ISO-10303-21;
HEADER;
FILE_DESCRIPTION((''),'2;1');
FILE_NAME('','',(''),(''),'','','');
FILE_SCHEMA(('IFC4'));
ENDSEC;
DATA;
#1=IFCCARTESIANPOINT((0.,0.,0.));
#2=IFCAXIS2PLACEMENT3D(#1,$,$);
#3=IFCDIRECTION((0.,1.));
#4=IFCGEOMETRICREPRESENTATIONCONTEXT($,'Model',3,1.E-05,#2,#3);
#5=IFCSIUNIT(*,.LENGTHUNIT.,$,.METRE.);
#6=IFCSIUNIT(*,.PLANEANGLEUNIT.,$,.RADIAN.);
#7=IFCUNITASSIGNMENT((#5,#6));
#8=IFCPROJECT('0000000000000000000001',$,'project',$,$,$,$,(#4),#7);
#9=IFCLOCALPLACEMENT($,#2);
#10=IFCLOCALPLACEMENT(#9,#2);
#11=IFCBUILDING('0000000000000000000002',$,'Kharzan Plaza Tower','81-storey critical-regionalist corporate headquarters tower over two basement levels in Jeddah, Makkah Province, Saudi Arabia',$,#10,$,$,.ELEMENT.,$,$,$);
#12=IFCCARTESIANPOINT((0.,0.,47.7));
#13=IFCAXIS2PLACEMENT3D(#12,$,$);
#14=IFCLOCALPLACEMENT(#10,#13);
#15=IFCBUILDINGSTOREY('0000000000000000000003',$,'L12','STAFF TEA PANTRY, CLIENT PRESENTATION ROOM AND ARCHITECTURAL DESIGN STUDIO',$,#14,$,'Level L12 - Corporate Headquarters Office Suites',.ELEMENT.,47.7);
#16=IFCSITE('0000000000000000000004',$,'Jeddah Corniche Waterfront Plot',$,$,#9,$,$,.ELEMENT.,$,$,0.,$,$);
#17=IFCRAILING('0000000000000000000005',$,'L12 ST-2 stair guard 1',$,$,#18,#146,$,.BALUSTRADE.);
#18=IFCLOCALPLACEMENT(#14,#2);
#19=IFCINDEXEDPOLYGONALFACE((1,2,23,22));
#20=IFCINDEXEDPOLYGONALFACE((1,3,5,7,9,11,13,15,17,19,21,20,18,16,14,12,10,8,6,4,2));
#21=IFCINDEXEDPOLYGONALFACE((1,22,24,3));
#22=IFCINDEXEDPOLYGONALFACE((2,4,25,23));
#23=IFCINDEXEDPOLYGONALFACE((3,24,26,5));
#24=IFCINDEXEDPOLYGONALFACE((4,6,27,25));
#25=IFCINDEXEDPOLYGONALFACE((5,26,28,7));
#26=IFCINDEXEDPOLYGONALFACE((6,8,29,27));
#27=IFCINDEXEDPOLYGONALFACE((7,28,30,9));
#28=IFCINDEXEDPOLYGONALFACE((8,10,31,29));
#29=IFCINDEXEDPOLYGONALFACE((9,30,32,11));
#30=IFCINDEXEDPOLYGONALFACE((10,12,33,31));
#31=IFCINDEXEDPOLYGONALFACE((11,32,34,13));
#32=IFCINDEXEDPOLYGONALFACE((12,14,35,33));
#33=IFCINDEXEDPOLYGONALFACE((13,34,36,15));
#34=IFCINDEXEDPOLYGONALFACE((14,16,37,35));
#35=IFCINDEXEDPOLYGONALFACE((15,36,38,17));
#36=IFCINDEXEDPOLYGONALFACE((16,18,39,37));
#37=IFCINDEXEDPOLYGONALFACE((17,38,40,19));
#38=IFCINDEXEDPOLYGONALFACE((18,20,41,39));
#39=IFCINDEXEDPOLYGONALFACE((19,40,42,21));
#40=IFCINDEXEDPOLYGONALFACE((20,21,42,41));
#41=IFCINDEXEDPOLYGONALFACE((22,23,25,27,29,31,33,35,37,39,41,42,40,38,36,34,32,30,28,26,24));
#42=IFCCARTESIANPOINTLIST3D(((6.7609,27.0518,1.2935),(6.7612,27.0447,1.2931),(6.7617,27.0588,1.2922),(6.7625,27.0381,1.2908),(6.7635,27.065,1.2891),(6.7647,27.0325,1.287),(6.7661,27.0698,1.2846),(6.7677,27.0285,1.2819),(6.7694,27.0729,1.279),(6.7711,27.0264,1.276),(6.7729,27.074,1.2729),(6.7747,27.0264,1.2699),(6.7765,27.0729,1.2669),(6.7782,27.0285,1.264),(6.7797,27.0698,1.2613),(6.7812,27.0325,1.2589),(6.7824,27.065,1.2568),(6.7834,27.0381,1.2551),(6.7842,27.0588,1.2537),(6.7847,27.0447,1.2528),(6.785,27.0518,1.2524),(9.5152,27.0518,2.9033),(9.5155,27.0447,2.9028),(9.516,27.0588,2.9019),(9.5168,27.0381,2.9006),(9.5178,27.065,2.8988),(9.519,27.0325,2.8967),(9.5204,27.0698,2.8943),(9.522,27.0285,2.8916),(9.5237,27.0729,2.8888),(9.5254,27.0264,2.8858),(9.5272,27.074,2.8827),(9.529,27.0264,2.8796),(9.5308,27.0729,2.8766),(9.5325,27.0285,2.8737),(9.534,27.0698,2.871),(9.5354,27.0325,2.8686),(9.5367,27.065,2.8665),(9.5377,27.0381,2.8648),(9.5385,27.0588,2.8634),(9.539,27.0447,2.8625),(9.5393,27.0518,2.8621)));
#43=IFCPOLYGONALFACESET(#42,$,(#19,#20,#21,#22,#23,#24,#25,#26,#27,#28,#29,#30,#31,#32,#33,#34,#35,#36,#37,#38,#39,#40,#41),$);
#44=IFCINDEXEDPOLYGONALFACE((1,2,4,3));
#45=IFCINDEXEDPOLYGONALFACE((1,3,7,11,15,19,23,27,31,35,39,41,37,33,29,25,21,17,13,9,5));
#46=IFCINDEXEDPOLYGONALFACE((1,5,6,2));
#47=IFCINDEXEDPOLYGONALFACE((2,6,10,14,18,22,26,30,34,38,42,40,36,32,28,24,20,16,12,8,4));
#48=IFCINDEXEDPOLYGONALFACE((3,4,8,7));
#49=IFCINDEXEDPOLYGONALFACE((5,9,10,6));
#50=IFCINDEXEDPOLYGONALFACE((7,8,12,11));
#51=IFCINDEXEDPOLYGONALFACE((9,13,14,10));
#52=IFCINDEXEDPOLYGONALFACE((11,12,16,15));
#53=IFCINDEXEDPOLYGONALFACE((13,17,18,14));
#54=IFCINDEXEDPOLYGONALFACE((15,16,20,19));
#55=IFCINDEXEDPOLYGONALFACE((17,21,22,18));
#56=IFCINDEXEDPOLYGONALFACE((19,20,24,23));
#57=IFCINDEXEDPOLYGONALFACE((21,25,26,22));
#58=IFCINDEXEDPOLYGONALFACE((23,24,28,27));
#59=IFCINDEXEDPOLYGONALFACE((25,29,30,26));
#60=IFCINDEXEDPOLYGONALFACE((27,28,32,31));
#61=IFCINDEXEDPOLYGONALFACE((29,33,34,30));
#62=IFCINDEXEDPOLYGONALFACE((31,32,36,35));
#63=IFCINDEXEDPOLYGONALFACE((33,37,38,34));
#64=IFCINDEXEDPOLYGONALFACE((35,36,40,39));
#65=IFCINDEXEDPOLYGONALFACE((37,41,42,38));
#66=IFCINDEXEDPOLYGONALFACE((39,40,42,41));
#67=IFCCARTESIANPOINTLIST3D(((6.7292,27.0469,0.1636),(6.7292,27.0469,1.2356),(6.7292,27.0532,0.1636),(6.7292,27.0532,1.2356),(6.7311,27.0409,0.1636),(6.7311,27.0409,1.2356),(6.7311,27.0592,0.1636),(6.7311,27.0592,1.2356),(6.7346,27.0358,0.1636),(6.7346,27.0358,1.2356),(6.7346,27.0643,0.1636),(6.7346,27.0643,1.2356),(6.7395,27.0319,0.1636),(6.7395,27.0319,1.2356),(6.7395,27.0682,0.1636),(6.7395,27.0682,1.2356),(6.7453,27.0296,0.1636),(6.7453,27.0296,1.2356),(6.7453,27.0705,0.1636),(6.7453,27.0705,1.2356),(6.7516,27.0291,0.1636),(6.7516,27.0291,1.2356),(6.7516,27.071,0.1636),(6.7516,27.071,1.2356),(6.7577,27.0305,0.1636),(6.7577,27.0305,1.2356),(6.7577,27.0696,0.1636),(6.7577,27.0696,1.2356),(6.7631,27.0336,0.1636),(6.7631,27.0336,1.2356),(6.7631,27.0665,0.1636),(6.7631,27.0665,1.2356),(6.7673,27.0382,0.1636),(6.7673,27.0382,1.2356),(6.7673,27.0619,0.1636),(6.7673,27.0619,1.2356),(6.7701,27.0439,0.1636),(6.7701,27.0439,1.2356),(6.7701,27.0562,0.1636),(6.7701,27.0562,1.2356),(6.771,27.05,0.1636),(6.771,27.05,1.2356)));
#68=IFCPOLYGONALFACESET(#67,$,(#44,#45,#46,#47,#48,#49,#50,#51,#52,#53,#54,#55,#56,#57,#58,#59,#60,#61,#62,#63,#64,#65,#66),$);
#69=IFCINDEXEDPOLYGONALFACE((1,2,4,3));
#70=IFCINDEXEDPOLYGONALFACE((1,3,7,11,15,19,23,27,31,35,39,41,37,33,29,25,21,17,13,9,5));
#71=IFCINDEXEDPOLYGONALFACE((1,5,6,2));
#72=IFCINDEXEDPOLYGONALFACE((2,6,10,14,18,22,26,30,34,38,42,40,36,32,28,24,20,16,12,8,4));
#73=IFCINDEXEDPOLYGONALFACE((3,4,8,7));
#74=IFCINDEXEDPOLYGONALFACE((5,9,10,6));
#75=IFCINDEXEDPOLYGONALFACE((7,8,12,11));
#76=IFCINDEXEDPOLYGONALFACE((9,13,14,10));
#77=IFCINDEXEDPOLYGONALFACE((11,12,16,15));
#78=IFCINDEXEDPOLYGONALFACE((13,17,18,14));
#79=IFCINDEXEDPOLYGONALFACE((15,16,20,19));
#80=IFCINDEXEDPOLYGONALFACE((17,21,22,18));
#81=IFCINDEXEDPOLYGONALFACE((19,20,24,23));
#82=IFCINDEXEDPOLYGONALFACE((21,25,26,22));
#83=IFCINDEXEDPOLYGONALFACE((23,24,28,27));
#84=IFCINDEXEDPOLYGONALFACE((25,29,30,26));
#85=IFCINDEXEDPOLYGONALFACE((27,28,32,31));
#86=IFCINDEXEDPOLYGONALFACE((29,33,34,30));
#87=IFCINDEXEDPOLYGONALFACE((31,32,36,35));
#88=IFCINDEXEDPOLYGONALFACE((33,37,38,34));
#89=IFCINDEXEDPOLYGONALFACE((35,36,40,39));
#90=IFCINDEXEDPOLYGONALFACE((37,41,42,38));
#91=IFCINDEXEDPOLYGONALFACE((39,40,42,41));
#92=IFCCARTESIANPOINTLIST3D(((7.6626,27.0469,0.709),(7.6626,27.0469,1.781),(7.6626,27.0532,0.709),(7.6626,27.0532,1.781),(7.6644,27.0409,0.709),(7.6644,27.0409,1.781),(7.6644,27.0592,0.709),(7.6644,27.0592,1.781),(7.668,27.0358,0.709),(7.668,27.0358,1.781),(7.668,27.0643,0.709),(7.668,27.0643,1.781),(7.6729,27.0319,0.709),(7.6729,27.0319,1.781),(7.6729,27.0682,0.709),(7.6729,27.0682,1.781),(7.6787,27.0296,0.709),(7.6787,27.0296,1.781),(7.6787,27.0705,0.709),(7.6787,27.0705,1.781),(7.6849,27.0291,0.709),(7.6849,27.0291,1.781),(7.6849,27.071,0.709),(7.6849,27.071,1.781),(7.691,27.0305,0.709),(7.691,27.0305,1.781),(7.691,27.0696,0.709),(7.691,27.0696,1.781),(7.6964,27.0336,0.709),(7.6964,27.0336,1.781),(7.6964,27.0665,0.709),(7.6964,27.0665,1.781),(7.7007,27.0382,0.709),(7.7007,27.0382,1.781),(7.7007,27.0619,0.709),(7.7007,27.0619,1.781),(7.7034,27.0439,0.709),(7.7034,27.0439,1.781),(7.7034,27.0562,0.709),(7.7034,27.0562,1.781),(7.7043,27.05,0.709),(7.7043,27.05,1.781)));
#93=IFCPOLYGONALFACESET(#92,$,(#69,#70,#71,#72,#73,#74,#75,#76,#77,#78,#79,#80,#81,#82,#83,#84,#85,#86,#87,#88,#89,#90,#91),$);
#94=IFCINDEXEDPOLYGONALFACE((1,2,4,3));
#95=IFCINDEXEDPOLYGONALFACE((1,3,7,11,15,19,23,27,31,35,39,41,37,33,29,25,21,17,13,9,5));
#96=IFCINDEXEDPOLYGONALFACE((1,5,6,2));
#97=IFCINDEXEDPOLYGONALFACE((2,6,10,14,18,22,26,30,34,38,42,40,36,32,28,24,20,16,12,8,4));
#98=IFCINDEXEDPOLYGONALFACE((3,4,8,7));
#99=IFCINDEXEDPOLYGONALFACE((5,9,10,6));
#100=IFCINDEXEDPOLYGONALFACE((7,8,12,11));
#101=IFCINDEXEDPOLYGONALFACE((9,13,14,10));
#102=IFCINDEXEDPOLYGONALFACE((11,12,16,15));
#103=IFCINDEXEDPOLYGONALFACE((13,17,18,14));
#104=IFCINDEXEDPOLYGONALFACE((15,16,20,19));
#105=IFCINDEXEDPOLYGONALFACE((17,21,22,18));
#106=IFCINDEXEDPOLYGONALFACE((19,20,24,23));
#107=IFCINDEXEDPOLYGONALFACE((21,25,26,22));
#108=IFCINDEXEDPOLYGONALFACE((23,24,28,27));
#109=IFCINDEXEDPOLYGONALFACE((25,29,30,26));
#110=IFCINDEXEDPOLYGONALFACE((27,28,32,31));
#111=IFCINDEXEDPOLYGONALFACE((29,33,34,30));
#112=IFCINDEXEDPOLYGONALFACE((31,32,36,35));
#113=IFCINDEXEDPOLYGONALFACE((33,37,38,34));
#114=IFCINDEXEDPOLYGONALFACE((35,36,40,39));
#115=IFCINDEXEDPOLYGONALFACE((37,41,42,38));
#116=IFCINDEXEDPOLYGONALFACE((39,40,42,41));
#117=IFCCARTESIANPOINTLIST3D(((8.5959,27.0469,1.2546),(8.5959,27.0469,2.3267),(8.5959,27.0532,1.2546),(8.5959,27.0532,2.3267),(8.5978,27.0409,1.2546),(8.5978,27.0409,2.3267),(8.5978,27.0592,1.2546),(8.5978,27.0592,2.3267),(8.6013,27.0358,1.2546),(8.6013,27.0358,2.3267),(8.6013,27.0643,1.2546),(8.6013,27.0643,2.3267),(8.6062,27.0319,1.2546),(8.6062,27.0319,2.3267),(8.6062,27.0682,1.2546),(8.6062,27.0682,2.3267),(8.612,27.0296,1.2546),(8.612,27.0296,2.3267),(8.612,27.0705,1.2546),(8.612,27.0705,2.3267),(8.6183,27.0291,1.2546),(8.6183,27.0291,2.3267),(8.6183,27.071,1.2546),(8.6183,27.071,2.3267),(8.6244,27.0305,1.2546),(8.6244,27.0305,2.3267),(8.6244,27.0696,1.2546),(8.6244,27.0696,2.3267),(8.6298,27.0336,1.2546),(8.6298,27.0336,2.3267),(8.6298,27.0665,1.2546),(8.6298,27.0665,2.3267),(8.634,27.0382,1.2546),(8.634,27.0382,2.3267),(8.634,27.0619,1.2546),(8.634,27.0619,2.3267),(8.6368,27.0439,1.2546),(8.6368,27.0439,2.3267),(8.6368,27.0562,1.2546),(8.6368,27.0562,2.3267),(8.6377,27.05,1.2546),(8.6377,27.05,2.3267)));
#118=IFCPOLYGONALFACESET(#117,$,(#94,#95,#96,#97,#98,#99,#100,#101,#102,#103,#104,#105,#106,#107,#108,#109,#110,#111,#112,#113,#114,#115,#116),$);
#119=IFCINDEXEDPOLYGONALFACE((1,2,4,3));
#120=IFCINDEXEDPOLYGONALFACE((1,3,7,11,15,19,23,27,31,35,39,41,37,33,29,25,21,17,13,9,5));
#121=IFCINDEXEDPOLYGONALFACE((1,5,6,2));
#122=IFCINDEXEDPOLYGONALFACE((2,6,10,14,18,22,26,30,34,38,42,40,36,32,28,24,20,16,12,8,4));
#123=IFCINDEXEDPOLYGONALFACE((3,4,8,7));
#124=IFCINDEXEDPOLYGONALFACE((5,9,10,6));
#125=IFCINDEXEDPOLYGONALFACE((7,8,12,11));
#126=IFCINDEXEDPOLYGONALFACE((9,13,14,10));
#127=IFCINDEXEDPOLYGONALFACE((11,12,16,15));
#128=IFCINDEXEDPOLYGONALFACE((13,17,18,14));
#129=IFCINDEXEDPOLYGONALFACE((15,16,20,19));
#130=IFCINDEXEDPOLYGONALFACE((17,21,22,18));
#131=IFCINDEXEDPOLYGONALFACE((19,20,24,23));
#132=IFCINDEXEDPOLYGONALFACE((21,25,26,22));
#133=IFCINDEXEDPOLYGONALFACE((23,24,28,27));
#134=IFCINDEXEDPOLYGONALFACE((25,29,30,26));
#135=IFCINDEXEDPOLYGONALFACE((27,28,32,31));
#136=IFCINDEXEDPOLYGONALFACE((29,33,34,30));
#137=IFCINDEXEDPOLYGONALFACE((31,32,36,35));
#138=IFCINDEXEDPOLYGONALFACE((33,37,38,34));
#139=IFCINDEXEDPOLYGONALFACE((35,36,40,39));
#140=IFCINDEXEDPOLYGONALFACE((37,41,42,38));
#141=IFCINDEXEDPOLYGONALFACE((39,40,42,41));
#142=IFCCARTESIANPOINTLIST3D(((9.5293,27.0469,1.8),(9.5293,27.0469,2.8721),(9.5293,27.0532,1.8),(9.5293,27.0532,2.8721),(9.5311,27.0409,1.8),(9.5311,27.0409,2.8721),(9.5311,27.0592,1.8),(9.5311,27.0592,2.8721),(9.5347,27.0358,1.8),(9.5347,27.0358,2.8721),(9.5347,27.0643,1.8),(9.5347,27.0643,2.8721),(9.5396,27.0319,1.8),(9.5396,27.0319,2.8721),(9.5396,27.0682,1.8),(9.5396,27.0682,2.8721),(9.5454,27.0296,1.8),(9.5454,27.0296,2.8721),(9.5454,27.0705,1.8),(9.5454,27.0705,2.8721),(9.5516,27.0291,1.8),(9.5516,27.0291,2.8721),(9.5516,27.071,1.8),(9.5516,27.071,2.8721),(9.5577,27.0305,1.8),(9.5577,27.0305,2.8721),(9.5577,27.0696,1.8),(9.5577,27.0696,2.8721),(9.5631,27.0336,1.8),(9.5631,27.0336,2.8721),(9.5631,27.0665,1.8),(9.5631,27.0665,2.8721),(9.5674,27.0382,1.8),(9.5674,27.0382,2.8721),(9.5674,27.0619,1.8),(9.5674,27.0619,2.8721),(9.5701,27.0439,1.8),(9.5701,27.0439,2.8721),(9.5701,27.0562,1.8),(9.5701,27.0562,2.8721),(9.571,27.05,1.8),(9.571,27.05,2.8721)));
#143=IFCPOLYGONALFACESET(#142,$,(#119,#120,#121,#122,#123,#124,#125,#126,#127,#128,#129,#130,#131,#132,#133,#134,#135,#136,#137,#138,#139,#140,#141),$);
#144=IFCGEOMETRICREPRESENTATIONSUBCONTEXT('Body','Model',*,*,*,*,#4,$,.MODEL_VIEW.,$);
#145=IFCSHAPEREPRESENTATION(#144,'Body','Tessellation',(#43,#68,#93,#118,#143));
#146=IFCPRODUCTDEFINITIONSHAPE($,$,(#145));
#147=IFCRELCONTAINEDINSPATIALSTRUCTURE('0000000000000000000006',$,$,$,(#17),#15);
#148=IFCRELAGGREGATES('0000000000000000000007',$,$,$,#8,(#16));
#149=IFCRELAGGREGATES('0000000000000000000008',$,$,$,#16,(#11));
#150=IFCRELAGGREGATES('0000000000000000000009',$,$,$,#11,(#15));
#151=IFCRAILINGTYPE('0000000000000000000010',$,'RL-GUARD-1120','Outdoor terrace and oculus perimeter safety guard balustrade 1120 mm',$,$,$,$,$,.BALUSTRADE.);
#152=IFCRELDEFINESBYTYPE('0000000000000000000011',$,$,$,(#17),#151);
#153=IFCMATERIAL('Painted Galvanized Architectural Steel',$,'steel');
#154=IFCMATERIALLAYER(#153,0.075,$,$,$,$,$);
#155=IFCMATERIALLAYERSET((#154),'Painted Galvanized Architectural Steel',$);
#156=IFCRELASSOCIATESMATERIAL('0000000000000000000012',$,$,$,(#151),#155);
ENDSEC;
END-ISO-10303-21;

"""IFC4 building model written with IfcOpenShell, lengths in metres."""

from ifc_helpers import new_model, si_unit, direction, frame, origin, origin_2d, place, context, subcontext, project, spatial, circle, extrude, source, transform, mapped, material, layer, layer_set, type_object, element, save


model = new_model("IFC4")

# Units and contexts
model_context = context("Model", 3, precision=1e-05, world=origin(), true_north=direction((0.0, 1.0)))
body_context = subcontext(model_context, "Body", "Model", "MODEL_VIEW")
ifc_project = project(units=[si_unit("LENGTHUNIT", "METRE"), si_unit("PLANEANGLEUNIT", "RADIAN")], contexts=[model_context])

# Site, building, storey
site_placement = place(None, origin())
site = spatial("IfcSite", under=ifc_project, at=site_placement, Name="Jeddah Corniche Waterfront Plot", CompositionType="ELEMENT", RefElevation=0.0)
building_placement = place(site_placement, origin())
building = spatial("IfcBuilding", under=site, at=building_placement, Name="Kharzan Plaza Tower", Description="81-storey critical-regionalist corporate headquarters tower over two basement levels in Jeddah, Makkah Province, Saudi Arabia", CompositionType="ELEMENT")
storey_placement = place(building_placement, frame((0.0, 0.0, 47.7)))
storey = spatial("IfcBuildingStorey", under=building, at=storey_placement, Name="L12", Description="STAFF TEA PANTRY, CLIENT PRESENTATION ROOM AND ARCHITECTURAL DESIGN STUDIO", LongName="Level L12 - Corporate Headquarters Office Suites", CompositionType="ELEMENT", Elevation=47.7)

# Railing
ifc_material_1 = material(Name="Painted Galvanized Architectural Steel", Category="steel")
ifc_layer_1 = layer(ifc_material_1, 0.075)
ifc_layer_set_1 = layer_set([ifc_layer_1], Name="Painted Galvanized Architectural Steel")
railing_type_1 = type_object("IfcRailingType", Name="RL-GUARD-1120", Description="Outdoor terrace and oculus perimeter safety guard balustrade 1120 mm", PredefinedType="BALUSTRADE", material=ifc_layer_set_1)
shared_shape_1 = source(origin(), body_context, "Body", "SweptSolid", [
    extrude(circle(Radius=0.0239, at=origin_2d()), frame((0.0229, 0.0, 1.1094), z_axis=(0.863361, 0.0, 0.504587), x_axis=(0.0, 1.0, 0.0)), (0.0, 0.0, 1.0), 3.1902),
    extrude(circle(Radius=0.021, at=origin_2d()), origin(), (0.0, 0.0, 1.0), 1.072),
    extrude(circle(Radius=0.021, at=origin_2d()), frame((0.9333, 0.0, 0.5454)), (0.0, 0.0, 1.0), 1.072),
    extrude(circle(Radius=0.021, at=origin_2d()), frame((1.8667, 0.0, 1.0911)), (0.0, 0.0, 1.0), 1.072),
    extrude(circle(Radius=0.021, at=origin_2d()), frame((2.8, 0.0, 1.6365)), (0.0, 0.0, 1.0), 1.072),
])
railing_1_placement = place(storey_placement, frame((6.75, 27.05, 0.1636)))
element("IfcRailing", 1, at=railing_1_placement, inside=storey, type_object=railing_type_1, Name="L12 ST-2 stair guard 1", PredefinedType="BALUSTRADE", context=body_context, shape_type="MappedRepresentation", body=[
    mapped(shared_shape_1, transform((0.0, 0.0, 0.0), x_axis=(1.0, 0.0, 0.0), y_axis=(0.0, 1.0, 0.0), z_axis=(0.0, 0.0, 1.0))),
])

save(model, "model.ifc")
